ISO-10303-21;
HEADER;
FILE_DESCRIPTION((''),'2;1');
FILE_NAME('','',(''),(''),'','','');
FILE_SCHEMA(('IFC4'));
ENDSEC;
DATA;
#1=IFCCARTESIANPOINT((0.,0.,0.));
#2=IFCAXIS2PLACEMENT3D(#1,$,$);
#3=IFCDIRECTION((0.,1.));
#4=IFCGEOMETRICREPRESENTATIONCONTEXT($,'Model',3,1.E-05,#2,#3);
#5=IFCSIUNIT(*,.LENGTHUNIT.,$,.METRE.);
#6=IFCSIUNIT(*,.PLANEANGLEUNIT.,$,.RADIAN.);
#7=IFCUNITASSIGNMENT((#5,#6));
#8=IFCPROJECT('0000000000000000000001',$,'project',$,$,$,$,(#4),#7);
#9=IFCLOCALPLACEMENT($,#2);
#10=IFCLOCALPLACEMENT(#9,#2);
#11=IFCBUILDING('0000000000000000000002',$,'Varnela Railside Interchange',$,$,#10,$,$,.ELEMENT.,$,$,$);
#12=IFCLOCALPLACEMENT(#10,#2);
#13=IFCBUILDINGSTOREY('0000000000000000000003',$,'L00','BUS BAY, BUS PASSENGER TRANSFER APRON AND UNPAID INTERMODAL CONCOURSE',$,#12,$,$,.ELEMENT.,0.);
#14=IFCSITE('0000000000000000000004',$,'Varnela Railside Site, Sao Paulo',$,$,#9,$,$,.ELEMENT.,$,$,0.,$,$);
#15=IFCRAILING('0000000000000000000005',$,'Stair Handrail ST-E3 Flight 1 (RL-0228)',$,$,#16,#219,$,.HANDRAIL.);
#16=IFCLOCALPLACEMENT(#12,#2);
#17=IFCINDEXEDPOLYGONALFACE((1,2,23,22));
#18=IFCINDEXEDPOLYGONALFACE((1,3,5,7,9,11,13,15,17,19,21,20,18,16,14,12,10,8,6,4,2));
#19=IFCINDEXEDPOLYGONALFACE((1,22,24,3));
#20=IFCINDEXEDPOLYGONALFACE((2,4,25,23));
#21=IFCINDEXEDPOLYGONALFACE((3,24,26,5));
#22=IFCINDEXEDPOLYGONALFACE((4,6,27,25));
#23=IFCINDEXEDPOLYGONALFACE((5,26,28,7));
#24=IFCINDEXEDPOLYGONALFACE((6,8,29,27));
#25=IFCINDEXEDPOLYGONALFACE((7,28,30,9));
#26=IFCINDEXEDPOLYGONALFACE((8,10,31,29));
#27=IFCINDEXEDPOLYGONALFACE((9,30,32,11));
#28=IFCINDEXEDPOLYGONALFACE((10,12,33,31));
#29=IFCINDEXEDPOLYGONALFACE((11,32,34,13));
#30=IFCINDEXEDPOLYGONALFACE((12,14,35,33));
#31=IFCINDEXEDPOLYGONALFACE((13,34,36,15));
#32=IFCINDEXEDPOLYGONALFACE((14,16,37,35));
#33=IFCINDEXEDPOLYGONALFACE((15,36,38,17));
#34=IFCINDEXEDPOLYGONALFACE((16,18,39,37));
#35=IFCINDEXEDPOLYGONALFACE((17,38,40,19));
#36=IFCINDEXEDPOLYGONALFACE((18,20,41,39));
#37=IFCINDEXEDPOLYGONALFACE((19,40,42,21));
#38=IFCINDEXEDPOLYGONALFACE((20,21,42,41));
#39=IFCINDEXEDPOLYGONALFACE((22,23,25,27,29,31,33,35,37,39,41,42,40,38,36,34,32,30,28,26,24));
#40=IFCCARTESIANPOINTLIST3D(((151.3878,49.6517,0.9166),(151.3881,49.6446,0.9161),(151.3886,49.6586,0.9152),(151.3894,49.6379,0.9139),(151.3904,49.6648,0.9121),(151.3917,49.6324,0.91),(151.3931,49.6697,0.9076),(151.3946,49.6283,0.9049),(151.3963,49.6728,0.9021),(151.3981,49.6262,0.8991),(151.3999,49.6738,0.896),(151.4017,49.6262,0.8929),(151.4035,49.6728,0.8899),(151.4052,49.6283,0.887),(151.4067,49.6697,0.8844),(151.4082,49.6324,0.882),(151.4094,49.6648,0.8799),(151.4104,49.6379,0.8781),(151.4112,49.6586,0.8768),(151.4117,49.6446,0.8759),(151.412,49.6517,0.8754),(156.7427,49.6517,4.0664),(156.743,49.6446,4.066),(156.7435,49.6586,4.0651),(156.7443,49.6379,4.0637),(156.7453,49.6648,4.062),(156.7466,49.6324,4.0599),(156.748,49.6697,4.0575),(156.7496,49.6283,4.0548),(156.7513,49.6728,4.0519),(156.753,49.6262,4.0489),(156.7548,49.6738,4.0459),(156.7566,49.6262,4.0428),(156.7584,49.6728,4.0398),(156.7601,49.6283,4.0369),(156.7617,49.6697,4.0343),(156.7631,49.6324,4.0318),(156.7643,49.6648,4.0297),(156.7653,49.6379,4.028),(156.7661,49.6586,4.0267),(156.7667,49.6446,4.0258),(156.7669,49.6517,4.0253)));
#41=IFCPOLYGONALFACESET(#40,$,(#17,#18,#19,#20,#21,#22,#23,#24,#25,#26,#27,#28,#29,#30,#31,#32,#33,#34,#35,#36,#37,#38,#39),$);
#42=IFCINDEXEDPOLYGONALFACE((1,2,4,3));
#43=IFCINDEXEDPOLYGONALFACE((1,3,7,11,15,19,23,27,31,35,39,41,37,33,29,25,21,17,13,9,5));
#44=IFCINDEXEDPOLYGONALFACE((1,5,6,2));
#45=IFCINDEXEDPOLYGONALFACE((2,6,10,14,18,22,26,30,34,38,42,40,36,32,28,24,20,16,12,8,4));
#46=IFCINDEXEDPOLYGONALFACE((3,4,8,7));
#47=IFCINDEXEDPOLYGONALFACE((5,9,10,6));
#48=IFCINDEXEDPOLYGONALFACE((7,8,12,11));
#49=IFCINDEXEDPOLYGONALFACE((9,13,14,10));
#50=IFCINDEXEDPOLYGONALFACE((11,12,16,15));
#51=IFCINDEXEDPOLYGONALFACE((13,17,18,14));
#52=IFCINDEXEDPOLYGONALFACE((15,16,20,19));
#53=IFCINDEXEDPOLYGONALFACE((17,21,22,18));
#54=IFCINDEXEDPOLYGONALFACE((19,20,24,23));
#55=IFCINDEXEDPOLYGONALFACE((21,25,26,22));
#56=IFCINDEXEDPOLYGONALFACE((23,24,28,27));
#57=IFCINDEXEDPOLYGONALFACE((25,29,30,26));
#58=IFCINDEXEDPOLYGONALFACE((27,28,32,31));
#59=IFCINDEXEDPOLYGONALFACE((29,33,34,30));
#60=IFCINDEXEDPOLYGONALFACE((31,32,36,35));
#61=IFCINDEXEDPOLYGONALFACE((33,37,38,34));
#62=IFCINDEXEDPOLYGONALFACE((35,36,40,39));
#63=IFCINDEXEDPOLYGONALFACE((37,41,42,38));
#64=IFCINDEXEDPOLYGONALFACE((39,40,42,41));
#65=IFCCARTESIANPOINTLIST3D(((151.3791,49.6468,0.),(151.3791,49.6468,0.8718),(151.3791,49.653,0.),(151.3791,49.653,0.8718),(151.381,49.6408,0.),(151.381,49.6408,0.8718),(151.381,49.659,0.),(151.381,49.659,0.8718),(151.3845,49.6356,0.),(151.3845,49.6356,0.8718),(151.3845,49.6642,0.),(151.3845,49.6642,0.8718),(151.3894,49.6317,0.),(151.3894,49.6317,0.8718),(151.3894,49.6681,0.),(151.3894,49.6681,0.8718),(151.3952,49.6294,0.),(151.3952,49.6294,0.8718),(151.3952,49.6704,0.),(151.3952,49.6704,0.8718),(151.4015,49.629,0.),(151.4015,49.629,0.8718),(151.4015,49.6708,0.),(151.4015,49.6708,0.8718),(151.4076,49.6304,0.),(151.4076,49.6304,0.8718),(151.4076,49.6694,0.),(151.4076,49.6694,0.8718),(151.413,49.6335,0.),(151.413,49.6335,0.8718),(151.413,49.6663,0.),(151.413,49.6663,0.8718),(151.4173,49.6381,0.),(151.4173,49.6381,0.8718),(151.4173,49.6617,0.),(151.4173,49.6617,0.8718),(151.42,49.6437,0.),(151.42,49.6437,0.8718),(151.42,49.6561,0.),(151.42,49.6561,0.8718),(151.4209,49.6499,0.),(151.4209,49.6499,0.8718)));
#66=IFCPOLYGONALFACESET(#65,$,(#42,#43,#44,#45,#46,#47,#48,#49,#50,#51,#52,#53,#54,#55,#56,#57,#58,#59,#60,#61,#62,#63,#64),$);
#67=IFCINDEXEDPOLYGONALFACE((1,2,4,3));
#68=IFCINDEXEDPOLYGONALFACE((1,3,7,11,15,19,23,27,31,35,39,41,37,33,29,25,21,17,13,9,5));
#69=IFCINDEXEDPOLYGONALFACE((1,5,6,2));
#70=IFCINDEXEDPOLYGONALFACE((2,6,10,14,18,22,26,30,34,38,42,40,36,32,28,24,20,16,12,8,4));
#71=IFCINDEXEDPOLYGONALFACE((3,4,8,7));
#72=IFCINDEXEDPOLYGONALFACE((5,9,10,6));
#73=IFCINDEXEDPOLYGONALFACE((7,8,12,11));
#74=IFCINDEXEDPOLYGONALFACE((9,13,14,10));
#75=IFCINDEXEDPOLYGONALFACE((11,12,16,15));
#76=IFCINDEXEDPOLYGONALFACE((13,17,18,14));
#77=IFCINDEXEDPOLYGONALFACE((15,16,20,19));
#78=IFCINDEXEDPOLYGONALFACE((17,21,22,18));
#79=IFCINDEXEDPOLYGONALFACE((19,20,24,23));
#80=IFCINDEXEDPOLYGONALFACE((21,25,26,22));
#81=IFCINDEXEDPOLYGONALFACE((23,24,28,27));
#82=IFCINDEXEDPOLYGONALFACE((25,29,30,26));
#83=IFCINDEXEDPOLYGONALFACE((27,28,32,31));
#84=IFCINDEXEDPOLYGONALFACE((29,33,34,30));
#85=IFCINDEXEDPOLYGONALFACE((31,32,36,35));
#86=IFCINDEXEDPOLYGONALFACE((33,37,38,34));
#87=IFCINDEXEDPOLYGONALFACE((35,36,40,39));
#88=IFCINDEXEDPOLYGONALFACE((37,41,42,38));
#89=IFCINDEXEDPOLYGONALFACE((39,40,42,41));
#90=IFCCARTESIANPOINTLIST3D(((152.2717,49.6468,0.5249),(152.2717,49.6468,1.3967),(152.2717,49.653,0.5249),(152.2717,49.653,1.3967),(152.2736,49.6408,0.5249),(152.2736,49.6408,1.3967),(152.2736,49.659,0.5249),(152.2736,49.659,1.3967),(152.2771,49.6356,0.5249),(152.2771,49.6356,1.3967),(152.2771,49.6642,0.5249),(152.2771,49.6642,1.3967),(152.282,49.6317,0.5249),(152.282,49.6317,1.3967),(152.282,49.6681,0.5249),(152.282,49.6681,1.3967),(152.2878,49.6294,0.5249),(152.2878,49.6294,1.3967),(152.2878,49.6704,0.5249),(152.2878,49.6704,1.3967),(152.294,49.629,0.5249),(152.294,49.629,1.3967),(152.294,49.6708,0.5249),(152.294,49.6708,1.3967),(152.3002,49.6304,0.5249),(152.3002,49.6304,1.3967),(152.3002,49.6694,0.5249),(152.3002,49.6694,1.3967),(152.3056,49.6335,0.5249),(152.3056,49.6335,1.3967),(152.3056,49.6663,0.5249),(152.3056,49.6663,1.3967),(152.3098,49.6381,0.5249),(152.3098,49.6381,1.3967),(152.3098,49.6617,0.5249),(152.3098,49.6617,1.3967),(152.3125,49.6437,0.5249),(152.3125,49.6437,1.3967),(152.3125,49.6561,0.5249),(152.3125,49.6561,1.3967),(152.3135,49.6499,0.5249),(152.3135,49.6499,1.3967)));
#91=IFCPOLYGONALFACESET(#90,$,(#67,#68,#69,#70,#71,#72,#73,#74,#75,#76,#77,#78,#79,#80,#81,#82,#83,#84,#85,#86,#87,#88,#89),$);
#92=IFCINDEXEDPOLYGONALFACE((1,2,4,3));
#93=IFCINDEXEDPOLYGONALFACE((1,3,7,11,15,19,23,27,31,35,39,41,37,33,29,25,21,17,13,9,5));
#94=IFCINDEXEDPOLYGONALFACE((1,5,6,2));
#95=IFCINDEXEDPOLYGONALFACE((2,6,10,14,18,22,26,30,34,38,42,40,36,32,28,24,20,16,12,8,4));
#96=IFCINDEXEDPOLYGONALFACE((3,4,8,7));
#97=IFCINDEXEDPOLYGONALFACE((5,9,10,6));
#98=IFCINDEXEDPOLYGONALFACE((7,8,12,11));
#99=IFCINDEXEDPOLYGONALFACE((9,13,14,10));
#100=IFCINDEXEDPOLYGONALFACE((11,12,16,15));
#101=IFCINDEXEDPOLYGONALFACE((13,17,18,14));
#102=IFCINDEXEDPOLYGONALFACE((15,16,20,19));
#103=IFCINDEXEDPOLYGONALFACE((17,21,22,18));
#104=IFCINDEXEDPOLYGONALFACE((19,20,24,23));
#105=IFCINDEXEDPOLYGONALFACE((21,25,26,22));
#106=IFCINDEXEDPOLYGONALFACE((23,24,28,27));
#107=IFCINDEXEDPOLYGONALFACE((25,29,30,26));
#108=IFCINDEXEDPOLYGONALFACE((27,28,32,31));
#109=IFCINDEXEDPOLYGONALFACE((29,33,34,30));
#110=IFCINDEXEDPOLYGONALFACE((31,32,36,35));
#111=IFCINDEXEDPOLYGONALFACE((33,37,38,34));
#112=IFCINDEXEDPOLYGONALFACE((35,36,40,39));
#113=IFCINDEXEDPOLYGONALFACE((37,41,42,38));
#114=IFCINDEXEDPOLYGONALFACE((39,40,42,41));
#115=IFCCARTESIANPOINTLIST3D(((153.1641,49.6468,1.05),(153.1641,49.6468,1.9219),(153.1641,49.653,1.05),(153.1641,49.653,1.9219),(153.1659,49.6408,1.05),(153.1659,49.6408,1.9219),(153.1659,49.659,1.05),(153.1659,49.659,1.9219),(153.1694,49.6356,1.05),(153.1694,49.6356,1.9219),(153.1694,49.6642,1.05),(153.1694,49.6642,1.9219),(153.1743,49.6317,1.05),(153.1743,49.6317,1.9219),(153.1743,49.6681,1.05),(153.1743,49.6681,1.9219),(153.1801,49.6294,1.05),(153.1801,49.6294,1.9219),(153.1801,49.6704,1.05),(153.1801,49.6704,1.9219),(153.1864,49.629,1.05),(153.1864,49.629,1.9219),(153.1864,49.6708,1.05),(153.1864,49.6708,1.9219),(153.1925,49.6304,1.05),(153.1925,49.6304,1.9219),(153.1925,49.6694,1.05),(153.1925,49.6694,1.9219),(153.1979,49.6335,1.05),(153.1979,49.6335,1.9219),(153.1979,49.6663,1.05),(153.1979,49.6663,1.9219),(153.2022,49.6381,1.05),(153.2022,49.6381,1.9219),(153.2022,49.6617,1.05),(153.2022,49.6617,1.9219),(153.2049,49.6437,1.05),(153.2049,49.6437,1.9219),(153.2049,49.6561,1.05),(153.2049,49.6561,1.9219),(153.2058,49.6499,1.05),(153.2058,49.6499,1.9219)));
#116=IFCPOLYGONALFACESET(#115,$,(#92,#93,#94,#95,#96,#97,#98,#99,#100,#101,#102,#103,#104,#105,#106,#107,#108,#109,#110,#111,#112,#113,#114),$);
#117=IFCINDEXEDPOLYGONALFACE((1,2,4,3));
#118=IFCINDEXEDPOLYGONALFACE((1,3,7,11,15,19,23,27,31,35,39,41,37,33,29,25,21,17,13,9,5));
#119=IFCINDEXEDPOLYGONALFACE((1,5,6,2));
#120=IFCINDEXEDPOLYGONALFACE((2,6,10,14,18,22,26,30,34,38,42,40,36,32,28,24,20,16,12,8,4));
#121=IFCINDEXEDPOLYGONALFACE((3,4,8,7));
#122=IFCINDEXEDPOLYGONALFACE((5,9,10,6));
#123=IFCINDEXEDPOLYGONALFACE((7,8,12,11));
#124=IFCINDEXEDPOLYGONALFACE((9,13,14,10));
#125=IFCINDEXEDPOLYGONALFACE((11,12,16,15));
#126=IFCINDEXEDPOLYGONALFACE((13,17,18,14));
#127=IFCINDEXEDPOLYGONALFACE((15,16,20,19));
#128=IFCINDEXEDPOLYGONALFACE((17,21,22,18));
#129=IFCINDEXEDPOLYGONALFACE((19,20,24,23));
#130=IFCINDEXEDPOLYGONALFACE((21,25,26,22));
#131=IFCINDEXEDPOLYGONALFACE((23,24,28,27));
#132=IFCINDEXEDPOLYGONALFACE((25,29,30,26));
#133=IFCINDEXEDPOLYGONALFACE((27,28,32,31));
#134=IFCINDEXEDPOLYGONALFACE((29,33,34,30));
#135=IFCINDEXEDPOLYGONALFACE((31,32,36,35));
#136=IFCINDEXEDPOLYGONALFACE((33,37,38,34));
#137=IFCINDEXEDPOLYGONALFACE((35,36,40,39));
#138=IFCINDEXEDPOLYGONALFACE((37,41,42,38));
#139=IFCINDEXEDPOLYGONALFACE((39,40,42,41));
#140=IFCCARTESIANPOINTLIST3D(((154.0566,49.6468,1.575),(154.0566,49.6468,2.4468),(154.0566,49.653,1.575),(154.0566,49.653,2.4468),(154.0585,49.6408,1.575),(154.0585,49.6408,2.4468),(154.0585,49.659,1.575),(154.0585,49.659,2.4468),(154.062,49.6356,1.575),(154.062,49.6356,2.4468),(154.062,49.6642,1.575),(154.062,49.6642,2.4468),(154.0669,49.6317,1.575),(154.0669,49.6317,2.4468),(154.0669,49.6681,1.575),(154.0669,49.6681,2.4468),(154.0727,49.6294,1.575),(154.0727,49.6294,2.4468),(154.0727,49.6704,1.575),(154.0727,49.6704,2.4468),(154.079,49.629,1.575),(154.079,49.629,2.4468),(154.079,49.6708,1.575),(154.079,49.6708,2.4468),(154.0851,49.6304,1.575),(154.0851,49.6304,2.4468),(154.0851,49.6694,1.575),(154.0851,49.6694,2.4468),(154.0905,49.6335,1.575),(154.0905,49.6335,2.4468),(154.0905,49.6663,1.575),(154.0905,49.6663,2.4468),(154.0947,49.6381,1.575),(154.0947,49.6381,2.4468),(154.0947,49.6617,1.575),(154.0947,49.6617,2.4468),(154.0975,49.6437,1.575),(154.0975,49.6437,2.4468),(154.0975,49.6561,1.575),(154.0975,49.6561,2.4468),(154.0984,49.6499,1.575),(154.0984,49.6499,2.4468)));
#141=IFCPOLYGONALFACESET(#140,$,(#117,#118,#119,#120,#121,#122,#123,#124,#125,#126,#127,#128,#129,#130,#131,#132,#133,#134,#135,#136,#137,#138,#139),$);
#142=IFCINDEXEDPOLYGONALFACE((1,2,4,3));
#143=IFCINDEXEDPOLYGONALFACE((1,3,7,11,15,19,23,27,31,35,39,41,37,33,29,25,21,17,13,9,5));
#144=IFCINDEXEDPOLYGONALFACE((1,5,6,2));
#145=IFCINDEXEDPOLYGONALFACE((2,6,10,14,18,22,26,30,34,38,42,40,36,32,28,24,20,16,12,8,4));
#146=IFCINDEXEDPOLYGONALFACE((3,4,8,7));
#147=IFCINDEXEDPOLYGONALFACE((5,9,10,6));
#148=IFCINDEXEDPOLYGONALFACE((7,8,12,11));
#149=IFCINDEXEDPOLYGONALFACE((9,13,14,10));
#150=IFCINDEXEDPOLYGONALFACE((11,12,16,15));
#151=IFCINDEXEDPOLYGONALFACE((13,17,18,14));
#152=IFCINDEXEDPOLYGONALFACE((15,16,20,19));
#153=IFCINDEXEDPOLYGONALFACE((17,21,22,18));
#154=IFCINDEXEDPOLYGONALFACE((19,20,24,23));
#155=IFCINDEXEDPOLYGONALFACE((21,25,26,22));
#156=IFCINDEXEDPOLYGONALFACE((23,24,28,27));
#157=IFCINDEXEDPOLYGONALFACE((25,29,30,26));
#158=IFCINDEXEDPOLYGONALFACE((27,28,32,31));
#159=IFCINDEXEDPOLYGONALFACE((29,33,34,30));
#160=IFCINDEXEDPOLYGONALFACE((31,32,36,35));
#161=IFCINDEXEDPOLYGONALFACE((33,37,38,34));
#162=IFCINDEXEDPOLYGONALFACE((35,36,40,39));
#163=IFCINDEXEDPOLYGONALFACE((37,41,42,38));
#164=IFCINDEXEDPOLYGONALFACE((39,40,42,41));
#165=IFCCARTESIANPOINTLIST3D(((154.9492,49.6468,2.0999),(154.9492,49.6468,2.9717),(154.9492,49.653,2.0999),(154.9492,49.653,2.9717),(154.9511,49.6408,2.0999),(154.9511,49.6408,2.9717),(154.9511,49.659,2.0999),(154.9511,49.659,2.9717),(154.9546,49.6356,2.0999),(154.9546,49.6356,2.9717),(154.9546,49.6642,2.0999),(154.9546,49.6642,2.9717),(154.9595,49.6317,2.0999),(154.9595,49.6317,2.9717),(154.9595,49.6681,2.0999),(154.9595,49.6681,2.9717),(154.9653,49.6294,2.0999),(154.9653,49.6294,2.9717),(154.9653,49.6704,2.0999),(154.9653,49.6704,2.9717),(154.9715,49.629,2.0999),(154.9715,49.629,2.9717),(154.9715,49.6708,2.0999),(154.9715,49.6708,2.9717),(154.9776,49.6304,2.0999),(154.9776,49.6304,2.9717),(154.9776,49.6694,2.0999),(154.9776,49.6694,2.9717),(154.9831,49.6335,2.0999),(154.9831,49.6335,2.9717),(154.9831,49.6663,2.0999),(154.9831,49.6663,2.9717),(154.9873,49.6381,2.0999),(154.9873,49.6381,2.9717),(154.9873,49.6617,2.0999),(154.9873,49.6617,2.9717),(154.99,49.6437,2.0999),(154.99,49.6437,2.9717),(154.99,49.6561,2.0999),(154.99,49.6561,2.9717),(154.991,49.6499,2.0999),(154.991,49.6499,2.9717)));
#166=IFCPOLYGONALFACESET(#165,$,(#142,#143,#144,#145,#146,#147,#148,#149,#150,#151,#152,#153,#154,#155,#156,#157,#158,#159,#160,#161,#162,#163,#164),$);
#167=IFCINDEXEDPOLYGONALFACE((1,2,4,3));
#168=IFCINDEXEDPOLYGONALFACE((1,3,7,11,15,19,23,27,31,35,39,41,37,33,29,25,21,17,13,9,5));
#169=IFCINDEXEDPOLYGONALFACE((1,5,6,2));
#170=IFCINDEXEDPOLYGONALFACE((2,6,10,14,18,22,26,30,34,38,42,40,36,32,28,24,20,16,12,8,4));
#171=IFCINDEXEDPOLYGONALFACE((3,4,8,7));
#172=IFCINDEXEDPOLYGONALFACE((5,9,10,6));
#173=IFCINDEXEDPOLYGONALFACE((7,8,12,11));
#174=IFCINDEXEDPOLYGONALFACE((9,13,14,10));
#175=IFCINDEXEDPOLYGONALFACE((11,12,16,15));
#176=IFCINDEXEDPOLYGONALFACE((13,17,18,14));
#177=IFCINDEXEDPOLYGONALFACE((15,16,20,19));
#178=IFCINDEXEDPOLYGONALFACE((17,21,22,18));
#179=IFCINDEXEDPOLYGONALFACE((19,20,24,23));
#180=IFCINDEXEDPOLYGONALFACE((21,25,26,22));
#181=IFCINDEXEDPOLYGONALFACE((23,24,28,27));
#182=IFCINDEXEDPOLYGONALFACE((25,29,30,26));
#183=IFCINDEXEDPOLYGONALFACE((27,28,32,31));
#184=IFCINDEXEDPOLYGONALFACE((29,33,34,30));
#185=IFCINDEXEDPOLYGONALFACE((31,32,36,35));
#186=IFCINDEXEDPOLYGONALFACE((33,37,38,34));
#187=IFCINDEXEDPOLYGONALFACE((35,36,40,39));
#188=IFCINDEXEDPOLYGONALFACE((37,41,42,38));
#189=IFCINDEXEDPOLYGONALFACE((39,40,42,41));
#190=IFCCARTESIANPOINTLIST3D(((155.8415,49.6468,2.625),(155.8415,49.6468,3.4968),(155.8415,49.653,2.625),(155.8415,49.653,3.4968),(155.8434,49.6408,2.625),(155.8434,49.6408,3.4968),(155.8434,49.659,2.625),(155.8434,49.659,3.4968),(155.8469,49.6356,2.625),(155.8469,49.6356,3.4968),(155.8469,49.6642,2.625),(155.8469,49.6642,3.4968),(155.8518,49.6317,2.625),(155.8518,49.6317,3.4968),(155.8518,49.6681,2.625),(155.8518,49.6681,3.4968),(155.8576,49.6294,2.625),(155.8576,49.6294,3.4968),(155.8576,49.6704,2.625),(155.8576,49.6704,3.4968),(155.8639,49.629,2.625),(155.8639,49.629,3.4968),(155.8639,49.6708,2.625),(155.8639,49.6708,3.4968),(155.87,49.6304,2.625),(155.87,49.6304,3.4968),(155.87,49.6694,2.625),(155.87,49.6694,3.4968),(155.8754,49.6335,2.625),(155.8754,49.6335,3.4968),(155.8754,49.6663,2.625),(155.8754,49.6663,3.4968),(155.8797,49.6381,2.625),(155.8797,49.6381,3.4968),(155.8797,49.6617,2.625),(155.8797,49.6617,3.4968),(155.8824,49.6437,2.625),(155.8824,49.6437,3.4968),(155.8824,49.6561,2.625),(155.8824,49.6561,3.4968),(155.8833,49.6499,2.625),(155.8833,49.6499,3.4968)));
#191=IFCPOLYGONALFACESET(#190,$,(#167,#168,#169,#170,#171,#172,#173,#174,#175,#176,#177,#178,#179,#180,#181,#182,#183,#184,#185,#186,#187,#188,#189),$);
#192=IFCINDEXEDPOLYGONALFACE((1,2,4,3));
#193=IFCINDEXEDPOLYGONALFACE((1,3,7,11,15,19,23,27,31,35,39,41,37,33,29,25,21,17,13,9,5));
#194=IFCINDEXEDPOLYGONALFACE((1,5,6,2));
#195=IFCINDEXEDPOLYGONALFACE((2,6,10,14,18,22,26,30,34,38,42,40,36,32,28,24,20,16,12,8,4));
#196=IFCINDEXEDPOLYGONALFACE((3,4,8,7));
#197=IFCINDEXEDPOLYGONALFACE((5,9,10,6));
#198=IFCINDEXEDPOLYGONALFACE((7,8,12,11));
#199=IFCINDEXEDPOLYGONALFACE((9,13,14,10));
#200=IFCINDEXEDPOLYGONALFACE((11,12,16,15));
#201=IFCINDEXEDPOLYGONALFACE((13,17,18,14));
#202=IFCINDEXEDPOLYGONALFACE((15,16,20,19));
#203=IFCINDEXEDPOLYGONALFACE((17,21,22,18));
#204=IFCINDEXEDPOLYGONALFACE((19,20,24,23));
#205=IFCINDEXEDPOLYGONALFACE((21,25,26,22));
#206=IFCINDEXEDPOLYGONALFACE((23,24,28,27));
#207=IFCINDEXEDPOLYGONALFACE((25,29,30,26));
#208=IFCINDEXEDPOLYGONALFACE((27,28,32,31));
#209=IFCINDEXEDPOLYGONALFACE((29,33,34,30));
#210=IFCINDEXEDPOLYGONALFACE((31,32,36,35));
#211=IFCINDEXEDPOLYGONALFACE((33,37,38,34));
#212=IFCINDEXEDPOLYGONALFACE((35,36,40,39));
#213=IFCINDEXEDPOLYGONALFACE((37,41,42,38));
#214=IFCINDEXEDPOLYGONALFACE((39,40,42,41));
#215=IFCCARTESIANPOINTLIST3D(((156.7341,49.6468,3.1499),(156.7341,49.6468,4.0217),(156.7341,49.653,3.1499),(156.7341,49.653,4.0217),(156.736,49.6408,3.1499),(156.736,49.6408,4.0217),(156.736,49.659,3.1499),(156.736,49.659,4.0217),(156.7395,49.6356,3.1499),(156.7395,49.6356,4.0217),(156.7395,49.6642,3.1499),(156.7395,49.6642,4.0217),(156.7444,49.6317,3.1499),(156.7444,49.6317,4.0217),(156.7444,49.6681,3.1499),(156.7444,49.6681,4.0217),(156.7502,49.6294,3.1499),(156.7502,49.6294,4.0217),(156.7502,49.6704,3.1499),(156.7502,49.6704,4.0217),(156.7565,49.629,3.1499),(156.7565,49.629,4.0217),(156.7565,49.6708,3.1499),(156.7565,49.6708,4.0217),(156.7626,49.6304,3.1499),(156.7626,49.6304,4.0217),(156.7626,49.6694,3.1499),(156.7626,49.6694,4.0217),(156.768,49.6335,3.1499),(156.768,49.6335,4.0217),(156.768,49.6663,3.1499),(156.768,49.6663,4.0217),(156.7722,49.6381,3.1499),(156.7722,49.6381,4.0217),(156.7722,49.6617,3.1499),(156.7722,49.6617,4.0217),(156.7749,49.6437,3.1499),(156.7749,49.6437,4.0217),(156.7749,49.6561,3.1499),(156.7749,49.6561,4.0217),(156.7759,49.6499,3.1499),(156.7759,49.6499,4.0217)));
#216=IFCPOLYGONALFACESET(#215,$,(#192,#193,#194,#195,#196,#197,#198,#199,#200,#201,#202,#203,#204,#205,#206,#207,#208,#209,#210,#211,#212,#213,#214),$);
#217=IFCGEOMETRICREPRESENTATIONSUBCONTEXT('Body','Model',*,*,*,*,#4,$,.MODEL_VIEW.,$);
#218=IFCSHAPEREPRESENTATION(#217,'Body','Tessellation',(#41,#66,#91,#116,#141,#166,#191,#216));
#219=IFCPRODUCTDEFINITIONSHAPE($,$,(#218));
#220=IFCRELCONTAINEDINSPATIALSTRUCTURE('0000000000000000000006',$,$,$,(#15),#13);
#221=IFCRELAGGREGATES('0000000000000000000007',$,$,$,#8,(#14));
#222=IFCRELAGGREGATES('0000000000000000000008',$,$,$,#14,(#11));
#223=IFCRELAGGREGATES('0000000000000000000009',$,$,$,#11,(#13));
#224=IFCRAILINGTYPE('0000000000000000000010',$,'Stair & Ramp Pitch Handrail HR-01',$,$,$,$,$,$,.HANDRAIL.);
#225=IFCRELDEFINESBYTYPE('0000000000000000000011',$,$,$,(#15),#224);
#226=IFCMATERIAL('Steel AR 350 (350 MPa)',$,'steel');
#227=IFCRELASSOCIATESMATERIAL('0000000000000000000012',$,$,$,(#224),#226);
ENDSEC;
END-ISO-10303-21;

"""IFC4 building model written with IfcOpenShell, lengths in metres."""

from ifc_helpers import new_model, si_unit, direction, frame, origin, origin_2d, place, context, subcontext, project, spatial, circle, extrude, material, type_object, element, save


model = new_model("IFC4")

# Units and contexts
model_context = context("Model", 3, precision=1e-05, world=origin(), true_north=direction((0.0, 1.0)))
body_context = subcontext(model_context, "Body", "Model", "MODEL_VIEW")
ifc_project = project(units=[si_unit("LENGTHUNIT", "METRE"), si_unit("PLANEANGLEUNIT", "RADIAN")], contexts=[model_context])

# Site, building, storey
site_placement = place(None, origin())
site = spatial("IfcSite", under=ifc_project, at=site_placement, Name="Varnela Railside Site, Sao Paulo", CompositionType="ELEMENT", RefElevation=0.0)
building_placement = place(site_placement, origin())
building = spatial("IfcBuilding", under=site, at=building_placement, Name="Varnela Railside Interchange", CompositionType="ELEMENT")
storey_placement = place(building_placement, origin())
storey = spatial("IfcBuildingStorey", under=building, at=storey_placement, Name="L00", Description="BUS BAY, BUS PASSENGER TRANSFER APRON AND UNPAID INTERMODAL CONCOURSE", CompositionType="ELEMENT", Elevation=0.0)

# Shared definitions
ifc_material_1 = material(Name="Steel AR 350 (350 MPa)", Category="steel")

# Railing
railing_type_1 = type_object("IfcRailingType", Name="Stair & Ramp Pitch Handrail HR-01", PredefinedType="HANDRAIL", material=ifc_material_1)
railing_1_placement = place(storey_placement, frame((151.3999, 49.6499, 0.0)))
element("IfcRailing", 1, at=railing_1_placement, inside=storey, type_object=railing_type_1, Name="Stair Handrail ST-E3 Flight 1 (RL-0228)", PredefinedType="HANDRAIL", context=body_context, shape_type="SweptSolid", body=[
    extrude(circle(Radius=0.0239, at=origin_2d()), frame((0.0, 0.0, 0.896), z_axis=(0.86194, 0.0, 0.50701), x_axis=(0.0, 1.0, 0.0)), (0.0, 0.0, 1.0), 6.2126),
    extrude(circle(Radius=0.021, at=origin_2d()), origin(), (0.0, 0.0, 1.0), 0.8718),
    extrude(circle(Radius=0.021, at=origin_2d()), frame((0.8926, 0.0, 0.5249)), (0.0, 0.0, 1.0), 0.8718),
    extrude(circle(Radius=0.021, at=origin_2d()), frame((1.7849, 0.0, 1.05)), (0.0, 0.0, 1.0), 0.8718),
    extrude(circle(Radius=0.021, at=origin_2d()), frame((2.6775, 0.0, 1.575)), (0.0, 0.0, 1.0), 0.8718),
    extrude(circle(Radius=0.021, at=origin_2d()), frame((3.5701, 0.0, 2.0999)), (0.0, 0.0, 1.0), 0.8718),
    extrude(circle(Radius=0.021, at=origin_2d()), frame((4.4624, 0.0, 2.625)), (0.0, 0.0, 1.0), 0.8718),
    extrude(circle(Radius=0.021, at=origin_2d()), frame((5.355, 0.0, 3.1499)), (0.0, 0.0, 1.0), 0.8718),
])

save(model, "model.ifc")
